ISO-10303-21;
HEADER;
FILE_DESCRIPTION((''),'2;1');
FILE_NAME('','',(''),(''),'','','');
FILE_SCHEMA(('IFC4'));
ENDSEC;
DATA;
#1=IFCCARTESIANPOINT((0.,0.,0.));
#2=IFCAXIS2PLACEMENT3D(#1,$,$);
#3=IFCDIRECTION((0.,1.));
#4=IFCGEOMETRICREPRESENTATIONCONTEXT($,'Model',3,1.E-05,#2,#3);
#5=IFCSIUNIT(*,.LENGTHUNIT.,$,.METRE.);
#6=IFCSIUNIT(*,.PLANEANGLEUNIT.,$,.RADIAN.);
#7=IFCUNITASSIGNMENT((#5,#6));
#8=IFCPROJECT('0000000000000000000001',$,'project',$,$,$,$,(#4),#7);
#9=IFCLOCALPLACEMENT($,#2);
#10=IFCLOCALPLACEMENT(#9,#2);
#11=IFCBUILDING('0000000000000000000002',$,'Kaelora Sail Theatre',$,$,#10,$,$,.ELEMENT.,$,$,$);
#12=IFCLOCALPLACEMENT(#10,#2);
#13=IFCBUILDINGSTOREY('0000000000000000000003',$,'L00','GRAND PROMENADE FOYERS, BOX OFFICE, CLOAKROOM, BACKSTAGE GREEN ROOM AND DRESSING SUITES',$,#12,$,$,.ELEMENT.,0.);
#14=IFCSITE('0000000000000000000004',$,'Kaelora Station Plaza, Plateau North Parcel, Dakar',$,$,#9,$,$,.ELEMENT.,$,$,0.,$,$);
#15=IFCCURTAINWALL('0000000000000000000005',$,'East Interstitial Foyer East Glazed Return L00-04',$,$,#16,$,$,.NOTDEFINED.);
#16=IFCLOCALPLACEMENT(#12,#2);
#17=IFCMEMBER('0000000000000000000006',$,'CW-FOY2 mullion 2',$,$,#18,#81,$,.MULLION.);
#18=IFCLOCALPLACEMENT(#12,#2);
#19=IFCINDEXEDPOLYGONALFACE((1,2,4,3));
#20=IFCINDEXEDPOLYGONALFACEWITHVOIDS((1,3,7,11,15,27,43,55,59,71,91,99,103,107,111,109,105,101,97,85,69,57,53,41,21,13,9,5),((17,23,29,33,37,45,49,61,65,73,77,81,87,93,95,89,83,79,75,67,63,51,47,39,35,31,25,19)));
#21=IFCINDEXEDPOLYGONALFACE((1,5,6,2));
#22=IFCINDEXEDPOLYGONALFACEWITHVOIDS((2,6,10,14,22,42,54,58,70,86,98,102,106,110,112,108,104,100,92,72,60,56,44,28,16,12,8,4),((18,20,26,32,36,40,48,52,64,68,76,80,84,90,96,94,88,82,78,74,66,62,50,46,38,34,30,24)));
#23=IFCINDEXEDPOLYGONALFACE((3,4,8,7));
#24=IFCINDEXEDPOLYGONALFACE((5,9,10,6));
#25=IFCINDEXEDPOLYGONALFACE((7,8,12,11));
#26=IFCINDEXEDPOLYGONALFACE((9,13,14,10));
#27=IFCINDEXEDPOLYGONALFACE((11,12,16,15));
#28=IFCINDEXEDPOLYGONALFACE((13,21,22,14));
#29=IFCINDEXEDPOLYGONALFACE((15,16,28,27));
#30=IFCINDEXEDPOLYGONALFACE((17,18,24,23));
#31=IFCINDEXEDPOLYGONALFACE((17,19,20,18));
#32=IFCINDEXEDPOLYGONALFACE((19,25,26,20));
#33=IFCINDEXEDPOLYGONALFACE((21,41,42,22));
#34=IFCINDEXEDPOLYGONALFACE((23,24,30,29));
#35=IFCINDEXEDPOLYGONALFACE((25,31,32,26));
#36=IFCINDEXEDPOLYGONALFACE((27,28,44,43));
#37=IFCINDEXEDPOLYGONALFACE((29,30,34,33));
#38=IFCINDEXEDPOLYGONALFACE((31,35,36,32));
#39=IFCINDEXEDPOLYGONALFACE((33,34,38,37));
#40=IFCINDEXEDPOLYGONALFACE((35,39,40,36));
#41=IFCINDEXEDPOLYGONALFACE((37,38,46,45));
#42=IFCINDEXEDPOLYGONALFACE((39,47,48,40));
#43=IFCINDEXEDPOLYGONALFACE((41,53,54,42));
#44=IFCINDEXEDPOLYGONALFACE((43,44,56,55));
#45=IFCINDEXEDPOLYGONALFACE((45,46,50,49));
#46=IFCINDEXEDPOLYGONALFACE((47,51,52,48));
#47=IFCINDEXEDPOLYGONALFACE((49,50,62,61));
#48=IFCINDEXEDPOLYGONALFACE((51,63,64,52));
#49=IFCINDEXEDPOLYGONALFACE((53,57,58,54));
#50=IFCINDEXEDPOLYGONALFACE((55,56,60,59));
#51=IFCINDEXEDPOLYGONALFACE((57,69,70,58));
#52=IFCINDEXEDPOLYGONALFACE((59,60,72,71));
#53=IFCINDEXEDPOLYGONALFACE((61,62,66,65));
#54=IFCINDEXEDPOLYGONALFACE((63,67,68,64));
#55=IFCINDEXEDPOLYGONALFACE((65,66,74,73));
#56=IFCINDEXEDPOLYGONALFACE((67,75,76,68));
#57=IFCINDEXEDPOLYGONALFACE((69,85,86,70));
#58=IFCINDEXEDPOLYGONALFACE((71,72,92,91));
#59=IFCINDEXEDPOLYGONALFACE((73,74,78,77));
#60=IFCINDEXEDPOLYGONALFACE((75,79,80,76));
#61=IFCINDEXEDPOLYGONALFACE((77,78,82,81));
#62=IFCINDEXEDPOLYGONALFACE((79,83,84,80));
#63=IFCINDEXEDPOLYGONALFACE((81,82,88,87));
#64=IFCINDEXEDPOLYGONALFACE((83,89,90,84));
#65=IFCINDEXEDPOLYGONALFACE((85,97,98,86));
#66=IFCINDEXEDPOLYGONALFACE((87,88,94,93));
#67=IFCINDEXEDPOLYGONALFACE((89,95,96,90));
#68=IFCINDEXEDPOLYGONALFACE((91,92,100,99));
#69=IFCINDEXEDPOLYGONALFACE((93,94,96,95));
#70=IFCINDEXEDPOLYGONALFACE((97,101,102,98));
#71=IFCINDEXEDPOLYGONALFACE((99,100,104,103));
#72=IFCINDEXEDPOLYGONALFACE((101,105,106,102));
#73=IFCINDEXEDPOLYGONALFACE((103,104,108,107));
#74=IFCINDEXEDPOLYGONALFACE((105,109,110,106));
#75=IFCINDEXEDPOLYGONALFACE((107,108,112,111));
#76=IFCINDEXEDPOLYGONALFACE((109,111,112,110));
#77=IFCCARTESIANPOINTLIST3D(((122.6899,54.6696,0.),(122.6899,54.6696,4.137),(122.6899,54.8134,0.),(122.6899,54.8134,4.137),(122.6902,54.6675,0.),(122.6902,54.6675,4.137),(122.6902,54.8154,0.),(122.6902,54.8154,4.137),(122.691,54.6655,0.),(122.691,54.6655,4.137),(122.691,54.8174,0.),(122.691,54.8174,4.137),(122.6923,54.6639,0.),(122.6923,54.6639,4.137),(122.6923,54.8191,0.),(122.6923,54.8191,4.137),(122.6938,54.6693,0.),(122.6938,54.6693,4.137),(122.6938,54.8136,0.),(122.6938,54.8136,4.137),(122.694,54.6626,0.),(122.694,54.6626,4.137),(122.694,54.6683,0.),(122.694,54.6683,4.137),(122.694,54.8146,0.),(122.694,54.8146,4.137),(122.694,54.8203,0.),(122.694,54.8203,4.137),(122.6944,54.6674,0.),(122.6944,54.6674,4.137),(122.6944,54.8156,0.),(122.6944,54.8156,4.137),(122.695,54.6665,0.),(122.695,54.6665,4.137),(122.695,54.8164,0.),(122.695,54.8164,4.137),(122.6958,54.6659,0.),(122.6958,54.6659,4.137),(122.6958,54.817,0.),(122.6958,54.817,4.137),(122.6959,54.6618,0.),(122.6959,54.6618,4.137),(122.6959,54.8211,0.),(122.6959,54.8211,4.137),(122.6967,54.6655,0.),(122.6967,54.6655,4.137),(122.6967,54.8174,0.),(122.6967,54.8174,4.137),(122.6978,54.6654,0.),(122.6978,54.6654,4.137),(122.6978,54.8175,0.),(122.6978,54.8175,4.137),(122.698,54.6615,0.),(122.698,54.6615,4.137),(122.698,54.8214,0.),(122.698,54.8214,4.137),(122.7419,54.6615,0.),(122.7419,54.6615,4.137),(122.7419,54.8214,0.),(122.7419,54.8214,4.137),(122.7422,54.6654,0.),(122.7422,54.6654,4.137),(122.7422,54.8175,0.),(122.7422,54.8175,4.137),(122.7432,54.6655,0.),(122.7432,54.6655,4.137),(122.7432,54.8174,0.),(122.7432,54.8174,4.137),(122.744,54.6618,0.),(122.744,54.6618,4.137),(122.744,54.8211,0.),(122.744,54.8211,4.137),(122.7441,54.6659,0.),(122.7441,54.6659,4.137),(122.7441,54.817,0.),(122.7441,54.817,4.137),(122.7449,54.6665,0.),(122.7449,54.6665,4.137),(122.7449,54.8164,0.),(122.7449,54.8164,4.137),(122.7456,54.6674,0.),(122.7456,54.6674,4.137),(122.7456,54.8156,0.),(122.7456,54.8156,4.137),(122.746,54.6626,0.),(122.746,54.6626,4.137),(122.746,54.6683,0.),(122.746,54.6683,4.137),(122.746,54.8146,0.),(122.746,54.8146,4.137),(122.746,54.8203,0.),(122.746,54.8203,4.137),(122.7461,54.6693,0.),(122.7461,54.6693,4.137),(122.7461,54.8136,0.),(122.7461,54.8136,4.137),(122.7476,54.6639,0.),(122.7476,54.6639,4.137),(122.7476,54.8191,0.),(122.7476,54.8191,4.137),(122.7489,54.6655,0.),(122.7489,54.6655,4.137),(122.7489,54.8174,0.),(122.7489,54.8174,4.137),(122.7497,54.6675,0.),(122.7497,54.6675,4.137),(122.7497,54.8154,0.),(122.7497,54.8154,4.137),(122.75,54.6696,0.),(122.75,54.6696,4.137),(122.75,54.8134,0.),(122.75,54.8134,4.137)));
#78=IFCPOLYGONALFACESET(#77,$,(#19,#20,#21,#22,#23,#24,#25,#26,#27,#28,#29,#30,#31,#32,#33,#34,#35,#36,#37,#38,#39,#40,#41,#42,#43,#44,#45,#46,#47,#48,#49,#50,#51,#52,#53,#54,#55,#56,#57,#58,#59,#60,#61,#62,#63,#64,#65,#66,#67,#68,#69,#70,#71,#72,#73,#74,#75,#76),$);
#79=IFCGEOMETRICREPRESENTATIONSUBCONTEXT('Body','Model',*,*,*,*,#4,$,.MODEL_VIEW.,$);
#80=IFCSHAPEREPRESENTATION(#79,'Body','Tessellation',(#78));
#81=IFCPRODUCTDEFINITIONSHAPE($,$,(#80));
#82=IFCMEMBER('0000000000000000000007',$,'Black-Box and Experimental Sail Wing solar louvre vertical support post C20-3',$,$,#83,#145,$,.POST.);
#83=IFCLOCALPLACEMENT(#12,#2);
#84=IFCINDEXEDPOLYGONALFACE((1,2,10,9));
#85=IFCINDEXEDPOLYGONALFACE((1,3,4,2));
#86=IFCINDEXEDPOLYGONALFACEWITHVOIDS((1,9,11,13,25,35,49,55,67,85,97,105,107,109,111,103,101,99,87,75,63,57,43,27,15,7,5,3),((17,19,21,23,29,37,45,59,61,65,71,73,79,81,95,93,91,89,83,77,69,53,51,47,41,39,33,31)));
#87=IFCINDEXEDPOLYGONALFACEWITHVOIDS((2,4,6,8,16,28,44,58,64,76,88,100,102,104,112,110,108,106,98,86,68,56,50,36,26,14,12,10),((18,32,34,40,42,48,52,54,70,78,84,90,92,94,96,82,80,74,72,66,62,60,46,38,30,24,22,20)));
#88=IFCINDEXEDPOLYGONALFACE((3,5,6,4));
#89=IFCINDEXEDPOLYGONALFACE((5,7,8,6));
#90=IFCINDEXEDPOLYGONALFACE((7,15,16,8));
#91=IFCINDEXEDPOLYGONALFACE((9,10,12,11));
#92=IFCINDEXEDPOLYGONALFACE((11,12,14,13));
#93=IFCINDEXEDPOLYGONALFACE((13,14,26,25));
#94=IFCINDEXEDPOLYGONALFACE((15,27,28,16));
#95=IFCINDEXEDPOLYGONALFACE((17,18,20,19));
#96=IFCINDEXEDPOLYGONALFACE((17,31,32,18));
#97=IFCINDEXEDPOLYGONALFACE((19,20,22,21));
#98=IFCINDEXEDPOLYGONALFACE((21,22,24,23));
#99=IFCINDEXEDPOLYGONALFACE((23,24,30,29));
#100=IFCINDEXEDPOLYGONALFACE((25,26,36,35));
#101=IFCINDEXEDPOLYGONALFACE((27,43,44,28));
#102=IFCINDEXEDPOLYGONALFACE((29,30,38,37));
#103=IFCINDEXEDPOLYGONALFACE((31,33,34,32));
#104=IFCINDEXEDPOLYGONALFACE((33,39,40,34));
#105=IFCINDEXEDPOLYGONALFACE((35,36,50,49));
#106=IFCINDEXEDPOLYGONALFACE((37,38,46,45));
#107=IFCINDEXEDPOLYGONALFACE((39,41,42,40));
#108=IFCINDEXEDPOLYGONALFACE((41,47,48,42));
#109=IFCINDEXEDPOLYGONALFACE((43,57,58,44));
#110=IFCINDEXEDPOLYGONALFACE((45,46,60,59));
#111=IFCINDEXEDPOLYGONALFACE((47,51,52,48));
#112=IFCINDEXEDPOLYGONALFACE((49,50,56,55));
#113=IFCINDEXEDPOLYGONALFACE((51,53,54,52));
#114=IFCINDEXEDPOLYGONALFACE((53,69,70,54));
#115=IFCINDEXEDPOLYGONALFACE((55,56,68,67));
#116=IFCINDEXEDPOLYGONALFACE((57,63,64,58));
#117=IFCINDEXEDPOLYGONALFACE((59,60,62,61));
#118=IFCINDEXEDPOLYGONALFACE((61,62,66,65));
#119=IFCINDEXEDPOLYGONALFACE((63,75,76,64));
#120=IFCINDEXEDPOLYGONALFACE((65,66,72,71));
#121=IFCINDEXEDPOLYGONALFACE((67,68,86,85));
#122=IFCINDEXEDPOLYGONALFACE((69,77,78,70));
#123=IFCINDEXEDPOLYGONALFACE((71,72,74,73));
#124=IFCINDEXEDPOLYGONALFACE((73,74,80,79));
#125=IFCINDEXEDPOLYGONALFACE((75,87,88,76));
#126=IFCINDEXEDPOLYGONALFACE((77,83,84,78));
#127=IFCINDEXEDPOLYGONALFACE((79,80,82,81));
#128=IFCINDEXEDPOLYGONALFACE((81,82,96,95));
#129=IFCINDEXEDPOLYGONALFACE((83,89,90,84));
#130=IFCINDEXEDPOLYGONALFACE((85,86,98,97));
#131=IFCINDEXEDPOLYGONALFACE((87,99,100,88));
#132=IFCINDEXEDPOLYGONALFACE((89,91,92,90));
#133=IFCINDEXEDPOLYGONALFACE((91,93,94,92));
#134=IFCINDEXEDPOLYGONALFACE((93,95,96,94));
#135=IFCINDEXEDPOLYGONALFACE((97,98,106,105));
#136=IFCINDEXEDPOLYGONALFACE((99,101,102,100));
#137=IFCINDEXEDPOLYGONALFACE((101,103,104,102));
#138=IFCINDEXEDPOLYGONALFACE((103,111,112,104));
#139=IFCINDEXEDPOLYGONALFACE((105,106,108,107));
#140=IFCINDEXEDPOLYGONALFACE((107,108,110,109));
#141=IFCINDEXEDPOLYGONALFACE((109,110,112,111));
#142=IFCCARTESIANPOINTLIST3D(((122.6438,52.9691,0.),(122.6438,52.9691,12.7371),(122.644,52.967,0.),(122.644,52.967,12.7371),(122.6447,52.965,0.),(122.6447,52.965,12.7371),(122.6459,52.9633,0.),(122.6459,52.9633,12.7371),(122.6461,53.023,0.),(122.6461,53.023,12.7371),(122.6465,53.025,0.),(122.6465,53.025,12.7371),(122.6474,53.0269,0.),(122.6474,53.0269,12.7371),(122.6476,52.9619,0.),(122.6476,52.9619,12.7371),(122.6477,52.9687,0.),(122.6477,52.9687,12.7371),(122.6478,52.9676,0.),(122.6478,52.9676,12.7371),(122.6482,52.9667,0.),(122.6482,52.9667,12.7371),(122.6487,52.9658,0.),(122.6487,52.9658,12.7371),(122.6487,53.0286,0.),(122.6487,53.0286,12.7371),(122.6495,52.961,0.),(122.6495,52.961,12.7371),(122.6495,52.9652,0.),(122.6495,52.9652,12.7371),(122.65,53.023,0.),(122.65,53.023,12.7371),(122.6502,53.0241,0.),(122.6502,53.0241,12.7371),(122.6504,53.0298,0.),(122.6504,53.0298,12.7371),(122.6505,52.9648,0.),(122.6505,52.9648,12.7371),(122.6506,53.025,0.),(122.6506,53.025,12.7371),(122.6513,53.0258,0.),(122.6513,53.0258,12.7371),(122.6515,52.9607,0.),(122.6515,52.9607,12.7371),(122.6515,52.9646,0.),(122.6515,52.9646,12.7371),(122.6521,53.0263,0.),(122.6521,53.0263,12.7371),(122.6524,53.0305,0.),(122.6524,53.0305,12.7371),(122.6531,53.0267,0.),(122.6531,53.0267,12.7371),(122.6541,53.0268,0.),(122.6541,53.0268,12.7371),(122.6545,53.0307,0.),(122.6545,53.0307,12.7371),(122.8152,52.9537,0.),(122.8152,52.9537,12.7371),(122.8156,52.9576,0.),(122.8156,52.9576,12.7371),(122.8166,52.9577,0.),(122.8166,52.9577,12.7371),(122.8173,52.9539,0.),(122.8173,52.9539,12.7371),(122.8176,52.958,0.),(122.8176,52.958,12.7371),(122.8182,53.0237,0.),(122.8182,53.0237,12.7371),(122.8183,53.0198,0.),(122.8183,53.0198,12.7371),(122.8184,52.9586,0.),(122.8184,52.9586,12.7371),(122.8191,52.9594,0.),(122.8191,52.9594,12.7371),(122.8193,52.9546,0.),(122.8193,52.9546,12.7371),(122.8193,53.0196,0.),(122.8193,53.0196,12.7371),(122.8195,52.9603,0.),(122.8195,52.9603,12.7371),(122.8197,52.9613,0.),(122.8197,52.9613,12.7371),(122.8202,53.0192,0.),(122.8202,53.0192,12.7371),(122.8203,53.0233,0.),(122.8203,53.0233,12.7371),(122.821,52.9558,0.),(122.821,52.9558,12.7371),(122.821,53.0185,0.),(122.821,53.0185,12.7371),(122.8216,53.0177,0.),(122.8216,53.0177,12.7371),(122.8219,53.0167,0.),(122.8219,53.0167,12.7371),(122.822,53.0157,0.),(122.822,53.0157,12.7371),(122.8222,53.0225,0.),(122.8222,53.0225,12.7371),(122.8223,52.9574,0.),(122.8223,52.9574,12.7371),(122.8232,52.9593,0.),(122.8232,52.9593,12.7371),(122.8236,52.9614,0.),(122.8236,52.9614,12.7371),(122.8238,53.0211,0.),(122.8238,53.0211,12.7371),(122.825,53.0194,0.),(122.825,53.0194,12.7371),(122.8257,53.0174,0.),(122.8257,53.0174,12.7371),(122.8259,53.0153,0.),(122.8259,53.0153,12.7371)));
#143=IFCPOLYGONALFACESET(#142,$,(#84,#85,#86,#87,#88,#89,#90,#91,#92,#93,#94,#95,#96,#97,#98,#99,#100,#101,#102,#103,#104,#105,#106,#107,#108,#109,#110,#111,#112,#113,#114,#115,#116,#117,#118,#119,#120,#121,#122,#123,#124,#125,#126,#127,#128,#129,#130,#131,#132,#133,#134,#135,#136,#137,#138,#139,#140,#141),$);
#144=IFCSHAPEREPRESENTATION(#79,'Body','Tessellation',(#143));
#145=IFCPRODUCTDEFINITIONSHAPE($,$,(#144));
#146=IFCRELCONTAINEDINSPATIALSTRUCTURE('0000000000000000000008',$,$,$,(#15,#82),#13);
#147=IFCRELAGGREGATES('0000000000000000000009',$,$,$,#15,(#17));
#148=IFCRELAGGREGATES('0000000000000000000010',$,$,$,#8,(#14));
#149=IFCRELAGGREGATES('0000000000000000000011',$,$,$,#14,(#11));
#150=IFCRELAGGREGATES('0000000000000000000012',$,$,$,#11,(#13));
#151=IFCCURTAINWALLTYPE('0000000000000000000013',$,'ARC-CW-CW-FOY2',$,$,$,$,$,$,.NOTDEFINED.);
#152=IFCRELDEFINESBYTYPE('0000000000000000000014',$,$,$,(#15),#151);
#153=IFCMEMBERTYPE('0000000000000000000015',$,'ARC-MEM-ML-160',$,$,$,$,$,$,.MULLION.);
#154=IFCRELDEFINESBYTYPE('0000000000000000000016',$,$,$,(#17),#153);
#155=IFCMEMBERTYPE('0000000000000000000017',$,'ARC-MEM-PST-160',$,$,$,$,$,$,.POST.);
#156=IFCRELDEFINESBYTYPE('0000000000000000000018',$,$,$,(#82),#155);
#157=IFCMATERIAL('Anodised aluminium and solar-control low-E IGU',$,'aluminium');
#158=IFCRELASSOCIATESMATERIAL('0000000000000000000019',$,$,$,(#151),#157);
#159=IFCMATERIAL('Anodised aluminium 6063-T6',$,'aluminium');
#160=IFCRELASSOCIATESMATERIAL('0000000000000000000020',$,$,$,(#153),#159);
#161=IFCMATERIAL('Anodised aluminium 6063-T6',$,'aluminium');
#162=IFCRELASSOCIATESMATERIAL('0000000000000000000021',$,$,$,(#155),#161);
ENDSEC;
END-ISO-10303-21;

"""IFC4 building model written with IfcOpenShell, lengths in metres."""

from ifc_helpers import new_model, si_unit, direction, frame, origin, origin_2d, place, context, subcontext, project, spatial, hollow_rectangle, extrude, material, material_profile, profile_set, type_object, element, aggregate, save


model = new_model("IFC4")

# Units and contexts
model_context = context("Model", 3, precision=1e-05, world=origin(), true_north=direction((0.0, 1.0)))
body_context = subcontext(model_context, "Body", "Model", "MODEL_VIEW")
ifc_project = project(units=[si_unit("LENGTHUNIT", "METRE"), si_unit("PLANEANGLEUNIT", "RADIAN")], contexts=[model_context])

# Site, building, storey
site_placement = place(None, origin())
site = spatial("IfcSite", under=ifc_project, at=site_placement, Name="Kaelora Station Plaza, Plateau North Parcel, Dakar", CompositionType="ELEMENT", RefElevation=0.0)
building_placement = place(site_placement, origin())
building = spatial("IfcBuilding", under=site, at=building_placement, Name="Kaelora Sail Theatre", CompositionType="ELEMENT")
storey_placement = place(building_placement, origin())
storey = spatial("IfcBuildingStorey", under=building, at=storey_placement, Name="L00", Description="GRAND PROMENADE FOYERS, BOX OFFICE, CLOAKROOM, BACKSTAGE GREEN ROOM AND DRESSING SUITES", CompositionType="ELEMENT", Elevation=0.0)

# Shared definitions
ifc_material_1 = material(Name="Anodised aluminium and solar-control low-E IGU", Category="aluminium")
curtain_wall_type = type_object("IfcCurtainWallType", Name="ARC-CW-CW-FOY2", PredefinedType="NOTDEFINED", material=ifc_material_1)
ifc_material_2 = material(Name="Anodised aluminium 6063-T6", Category="aluminium")
ifc_material_profile_1 = material_profile(ifc_material_2, hollow_rectangle(XDim=0.0601, YDim=0.1599, WallThickness=0.0039, InnerFilletRadius=0.0039, OuterFilletRadius=0.0081, at=origin_2d()), Name="ALU-MULL 60x160x4")
ifc_profile_set_1 = profile_set([ifc_material_profile_1], Name="Anodised aluminium 6063-T6")
member_type_1 = type_object("IfcMemberType", Name="ARC-MEM-ML-160", PredefinedType="MULLION", material=ifc_profile_set_1)

# Curtain wall, member
curtain_wall_1_placement = place(storey_placement, origin())
curtain_wall_1 = element("IfcCurtainWall", 1, at=curtain_wall_1_placement, inside=storey, type_object=curtain_wall_type, Name="East Interstitial Foyer East Glazed Return L00-04", PredefinedType="NOTDEFINED")
member_1_placement = place(storey_placement, frame((122.72, 54.7415, 0.0), z_axis=(0.0, 0.0, 1.0), x_axis=(-1.0, 0.0, 0.0)))
member_1 = element("IfcMember", 2, at=member_1_placement, type_object=member_type_1, Name="CW-FOY2 mullion 2", PredefinedType="MULLION", context=body_context, shape_type="SweptSolid", body=[
    extrude(hollow_rectangle(XDim=0.0601, YDim=0.1599, WallThickness=0.0039, InnerFilletRadius=0.0039, OuterFilletRadius=0.0081, at=origin_2d()), origin(), (0.0, 0.0, 1.0), 4.137),
])

# Member
ifc_material_3 = material(Name="Anodised aluminium 6063-T6", Category="aluminium")
ifc_material_profile_2 = material_profile(ifc_material_3, hollow_rectangle(XDim=0.0701, YDim=0.1799, WallThickness=0.0039, InnerFilletRadius=0.0039, OuterFilletRadius=0.0081, at=origin_2d()), Name="ALU-MULL 70x180x4")
ifc_profile_set_2 = profile_set([ifc_material_profile_2], Name="Anodised aluminium 6063-T6")
member_type_2 = type_object("IfcMemberType", Name="ARC-MEM-PST-160", PredefinedType="POST", material=ifc_profile_set_2)
member_2_placement = place(storey_placement, frame((122.7349, 52.9922, 0.0), z_axis=(0.0, 0.0, 1.0), x_axis=(0.042573, 0.999093, 0.0)))
element("IfcMember", 3, at=member_2_placement, inside=storey, type_object=member_type_2, Name="Black-Box and Experimental Sail Wing solar louvre vertical support post C20-3", PredefinedType="POST", context=body_context, shape_type="SweptSolid", body=[
    extrude(hollow_rectangle(XDim=0.0701, YDim=0.1799, WallThickness=0.0039, InnerFilletRadius=0.0039, OuterFilletRadius=0.0081, at=origin_2d()), origin(), (0.0, 0.0, 1.0), 12.7371),
])

aggregate(curtain_wall_1, [member_1])

save(model, "model.ifc")
